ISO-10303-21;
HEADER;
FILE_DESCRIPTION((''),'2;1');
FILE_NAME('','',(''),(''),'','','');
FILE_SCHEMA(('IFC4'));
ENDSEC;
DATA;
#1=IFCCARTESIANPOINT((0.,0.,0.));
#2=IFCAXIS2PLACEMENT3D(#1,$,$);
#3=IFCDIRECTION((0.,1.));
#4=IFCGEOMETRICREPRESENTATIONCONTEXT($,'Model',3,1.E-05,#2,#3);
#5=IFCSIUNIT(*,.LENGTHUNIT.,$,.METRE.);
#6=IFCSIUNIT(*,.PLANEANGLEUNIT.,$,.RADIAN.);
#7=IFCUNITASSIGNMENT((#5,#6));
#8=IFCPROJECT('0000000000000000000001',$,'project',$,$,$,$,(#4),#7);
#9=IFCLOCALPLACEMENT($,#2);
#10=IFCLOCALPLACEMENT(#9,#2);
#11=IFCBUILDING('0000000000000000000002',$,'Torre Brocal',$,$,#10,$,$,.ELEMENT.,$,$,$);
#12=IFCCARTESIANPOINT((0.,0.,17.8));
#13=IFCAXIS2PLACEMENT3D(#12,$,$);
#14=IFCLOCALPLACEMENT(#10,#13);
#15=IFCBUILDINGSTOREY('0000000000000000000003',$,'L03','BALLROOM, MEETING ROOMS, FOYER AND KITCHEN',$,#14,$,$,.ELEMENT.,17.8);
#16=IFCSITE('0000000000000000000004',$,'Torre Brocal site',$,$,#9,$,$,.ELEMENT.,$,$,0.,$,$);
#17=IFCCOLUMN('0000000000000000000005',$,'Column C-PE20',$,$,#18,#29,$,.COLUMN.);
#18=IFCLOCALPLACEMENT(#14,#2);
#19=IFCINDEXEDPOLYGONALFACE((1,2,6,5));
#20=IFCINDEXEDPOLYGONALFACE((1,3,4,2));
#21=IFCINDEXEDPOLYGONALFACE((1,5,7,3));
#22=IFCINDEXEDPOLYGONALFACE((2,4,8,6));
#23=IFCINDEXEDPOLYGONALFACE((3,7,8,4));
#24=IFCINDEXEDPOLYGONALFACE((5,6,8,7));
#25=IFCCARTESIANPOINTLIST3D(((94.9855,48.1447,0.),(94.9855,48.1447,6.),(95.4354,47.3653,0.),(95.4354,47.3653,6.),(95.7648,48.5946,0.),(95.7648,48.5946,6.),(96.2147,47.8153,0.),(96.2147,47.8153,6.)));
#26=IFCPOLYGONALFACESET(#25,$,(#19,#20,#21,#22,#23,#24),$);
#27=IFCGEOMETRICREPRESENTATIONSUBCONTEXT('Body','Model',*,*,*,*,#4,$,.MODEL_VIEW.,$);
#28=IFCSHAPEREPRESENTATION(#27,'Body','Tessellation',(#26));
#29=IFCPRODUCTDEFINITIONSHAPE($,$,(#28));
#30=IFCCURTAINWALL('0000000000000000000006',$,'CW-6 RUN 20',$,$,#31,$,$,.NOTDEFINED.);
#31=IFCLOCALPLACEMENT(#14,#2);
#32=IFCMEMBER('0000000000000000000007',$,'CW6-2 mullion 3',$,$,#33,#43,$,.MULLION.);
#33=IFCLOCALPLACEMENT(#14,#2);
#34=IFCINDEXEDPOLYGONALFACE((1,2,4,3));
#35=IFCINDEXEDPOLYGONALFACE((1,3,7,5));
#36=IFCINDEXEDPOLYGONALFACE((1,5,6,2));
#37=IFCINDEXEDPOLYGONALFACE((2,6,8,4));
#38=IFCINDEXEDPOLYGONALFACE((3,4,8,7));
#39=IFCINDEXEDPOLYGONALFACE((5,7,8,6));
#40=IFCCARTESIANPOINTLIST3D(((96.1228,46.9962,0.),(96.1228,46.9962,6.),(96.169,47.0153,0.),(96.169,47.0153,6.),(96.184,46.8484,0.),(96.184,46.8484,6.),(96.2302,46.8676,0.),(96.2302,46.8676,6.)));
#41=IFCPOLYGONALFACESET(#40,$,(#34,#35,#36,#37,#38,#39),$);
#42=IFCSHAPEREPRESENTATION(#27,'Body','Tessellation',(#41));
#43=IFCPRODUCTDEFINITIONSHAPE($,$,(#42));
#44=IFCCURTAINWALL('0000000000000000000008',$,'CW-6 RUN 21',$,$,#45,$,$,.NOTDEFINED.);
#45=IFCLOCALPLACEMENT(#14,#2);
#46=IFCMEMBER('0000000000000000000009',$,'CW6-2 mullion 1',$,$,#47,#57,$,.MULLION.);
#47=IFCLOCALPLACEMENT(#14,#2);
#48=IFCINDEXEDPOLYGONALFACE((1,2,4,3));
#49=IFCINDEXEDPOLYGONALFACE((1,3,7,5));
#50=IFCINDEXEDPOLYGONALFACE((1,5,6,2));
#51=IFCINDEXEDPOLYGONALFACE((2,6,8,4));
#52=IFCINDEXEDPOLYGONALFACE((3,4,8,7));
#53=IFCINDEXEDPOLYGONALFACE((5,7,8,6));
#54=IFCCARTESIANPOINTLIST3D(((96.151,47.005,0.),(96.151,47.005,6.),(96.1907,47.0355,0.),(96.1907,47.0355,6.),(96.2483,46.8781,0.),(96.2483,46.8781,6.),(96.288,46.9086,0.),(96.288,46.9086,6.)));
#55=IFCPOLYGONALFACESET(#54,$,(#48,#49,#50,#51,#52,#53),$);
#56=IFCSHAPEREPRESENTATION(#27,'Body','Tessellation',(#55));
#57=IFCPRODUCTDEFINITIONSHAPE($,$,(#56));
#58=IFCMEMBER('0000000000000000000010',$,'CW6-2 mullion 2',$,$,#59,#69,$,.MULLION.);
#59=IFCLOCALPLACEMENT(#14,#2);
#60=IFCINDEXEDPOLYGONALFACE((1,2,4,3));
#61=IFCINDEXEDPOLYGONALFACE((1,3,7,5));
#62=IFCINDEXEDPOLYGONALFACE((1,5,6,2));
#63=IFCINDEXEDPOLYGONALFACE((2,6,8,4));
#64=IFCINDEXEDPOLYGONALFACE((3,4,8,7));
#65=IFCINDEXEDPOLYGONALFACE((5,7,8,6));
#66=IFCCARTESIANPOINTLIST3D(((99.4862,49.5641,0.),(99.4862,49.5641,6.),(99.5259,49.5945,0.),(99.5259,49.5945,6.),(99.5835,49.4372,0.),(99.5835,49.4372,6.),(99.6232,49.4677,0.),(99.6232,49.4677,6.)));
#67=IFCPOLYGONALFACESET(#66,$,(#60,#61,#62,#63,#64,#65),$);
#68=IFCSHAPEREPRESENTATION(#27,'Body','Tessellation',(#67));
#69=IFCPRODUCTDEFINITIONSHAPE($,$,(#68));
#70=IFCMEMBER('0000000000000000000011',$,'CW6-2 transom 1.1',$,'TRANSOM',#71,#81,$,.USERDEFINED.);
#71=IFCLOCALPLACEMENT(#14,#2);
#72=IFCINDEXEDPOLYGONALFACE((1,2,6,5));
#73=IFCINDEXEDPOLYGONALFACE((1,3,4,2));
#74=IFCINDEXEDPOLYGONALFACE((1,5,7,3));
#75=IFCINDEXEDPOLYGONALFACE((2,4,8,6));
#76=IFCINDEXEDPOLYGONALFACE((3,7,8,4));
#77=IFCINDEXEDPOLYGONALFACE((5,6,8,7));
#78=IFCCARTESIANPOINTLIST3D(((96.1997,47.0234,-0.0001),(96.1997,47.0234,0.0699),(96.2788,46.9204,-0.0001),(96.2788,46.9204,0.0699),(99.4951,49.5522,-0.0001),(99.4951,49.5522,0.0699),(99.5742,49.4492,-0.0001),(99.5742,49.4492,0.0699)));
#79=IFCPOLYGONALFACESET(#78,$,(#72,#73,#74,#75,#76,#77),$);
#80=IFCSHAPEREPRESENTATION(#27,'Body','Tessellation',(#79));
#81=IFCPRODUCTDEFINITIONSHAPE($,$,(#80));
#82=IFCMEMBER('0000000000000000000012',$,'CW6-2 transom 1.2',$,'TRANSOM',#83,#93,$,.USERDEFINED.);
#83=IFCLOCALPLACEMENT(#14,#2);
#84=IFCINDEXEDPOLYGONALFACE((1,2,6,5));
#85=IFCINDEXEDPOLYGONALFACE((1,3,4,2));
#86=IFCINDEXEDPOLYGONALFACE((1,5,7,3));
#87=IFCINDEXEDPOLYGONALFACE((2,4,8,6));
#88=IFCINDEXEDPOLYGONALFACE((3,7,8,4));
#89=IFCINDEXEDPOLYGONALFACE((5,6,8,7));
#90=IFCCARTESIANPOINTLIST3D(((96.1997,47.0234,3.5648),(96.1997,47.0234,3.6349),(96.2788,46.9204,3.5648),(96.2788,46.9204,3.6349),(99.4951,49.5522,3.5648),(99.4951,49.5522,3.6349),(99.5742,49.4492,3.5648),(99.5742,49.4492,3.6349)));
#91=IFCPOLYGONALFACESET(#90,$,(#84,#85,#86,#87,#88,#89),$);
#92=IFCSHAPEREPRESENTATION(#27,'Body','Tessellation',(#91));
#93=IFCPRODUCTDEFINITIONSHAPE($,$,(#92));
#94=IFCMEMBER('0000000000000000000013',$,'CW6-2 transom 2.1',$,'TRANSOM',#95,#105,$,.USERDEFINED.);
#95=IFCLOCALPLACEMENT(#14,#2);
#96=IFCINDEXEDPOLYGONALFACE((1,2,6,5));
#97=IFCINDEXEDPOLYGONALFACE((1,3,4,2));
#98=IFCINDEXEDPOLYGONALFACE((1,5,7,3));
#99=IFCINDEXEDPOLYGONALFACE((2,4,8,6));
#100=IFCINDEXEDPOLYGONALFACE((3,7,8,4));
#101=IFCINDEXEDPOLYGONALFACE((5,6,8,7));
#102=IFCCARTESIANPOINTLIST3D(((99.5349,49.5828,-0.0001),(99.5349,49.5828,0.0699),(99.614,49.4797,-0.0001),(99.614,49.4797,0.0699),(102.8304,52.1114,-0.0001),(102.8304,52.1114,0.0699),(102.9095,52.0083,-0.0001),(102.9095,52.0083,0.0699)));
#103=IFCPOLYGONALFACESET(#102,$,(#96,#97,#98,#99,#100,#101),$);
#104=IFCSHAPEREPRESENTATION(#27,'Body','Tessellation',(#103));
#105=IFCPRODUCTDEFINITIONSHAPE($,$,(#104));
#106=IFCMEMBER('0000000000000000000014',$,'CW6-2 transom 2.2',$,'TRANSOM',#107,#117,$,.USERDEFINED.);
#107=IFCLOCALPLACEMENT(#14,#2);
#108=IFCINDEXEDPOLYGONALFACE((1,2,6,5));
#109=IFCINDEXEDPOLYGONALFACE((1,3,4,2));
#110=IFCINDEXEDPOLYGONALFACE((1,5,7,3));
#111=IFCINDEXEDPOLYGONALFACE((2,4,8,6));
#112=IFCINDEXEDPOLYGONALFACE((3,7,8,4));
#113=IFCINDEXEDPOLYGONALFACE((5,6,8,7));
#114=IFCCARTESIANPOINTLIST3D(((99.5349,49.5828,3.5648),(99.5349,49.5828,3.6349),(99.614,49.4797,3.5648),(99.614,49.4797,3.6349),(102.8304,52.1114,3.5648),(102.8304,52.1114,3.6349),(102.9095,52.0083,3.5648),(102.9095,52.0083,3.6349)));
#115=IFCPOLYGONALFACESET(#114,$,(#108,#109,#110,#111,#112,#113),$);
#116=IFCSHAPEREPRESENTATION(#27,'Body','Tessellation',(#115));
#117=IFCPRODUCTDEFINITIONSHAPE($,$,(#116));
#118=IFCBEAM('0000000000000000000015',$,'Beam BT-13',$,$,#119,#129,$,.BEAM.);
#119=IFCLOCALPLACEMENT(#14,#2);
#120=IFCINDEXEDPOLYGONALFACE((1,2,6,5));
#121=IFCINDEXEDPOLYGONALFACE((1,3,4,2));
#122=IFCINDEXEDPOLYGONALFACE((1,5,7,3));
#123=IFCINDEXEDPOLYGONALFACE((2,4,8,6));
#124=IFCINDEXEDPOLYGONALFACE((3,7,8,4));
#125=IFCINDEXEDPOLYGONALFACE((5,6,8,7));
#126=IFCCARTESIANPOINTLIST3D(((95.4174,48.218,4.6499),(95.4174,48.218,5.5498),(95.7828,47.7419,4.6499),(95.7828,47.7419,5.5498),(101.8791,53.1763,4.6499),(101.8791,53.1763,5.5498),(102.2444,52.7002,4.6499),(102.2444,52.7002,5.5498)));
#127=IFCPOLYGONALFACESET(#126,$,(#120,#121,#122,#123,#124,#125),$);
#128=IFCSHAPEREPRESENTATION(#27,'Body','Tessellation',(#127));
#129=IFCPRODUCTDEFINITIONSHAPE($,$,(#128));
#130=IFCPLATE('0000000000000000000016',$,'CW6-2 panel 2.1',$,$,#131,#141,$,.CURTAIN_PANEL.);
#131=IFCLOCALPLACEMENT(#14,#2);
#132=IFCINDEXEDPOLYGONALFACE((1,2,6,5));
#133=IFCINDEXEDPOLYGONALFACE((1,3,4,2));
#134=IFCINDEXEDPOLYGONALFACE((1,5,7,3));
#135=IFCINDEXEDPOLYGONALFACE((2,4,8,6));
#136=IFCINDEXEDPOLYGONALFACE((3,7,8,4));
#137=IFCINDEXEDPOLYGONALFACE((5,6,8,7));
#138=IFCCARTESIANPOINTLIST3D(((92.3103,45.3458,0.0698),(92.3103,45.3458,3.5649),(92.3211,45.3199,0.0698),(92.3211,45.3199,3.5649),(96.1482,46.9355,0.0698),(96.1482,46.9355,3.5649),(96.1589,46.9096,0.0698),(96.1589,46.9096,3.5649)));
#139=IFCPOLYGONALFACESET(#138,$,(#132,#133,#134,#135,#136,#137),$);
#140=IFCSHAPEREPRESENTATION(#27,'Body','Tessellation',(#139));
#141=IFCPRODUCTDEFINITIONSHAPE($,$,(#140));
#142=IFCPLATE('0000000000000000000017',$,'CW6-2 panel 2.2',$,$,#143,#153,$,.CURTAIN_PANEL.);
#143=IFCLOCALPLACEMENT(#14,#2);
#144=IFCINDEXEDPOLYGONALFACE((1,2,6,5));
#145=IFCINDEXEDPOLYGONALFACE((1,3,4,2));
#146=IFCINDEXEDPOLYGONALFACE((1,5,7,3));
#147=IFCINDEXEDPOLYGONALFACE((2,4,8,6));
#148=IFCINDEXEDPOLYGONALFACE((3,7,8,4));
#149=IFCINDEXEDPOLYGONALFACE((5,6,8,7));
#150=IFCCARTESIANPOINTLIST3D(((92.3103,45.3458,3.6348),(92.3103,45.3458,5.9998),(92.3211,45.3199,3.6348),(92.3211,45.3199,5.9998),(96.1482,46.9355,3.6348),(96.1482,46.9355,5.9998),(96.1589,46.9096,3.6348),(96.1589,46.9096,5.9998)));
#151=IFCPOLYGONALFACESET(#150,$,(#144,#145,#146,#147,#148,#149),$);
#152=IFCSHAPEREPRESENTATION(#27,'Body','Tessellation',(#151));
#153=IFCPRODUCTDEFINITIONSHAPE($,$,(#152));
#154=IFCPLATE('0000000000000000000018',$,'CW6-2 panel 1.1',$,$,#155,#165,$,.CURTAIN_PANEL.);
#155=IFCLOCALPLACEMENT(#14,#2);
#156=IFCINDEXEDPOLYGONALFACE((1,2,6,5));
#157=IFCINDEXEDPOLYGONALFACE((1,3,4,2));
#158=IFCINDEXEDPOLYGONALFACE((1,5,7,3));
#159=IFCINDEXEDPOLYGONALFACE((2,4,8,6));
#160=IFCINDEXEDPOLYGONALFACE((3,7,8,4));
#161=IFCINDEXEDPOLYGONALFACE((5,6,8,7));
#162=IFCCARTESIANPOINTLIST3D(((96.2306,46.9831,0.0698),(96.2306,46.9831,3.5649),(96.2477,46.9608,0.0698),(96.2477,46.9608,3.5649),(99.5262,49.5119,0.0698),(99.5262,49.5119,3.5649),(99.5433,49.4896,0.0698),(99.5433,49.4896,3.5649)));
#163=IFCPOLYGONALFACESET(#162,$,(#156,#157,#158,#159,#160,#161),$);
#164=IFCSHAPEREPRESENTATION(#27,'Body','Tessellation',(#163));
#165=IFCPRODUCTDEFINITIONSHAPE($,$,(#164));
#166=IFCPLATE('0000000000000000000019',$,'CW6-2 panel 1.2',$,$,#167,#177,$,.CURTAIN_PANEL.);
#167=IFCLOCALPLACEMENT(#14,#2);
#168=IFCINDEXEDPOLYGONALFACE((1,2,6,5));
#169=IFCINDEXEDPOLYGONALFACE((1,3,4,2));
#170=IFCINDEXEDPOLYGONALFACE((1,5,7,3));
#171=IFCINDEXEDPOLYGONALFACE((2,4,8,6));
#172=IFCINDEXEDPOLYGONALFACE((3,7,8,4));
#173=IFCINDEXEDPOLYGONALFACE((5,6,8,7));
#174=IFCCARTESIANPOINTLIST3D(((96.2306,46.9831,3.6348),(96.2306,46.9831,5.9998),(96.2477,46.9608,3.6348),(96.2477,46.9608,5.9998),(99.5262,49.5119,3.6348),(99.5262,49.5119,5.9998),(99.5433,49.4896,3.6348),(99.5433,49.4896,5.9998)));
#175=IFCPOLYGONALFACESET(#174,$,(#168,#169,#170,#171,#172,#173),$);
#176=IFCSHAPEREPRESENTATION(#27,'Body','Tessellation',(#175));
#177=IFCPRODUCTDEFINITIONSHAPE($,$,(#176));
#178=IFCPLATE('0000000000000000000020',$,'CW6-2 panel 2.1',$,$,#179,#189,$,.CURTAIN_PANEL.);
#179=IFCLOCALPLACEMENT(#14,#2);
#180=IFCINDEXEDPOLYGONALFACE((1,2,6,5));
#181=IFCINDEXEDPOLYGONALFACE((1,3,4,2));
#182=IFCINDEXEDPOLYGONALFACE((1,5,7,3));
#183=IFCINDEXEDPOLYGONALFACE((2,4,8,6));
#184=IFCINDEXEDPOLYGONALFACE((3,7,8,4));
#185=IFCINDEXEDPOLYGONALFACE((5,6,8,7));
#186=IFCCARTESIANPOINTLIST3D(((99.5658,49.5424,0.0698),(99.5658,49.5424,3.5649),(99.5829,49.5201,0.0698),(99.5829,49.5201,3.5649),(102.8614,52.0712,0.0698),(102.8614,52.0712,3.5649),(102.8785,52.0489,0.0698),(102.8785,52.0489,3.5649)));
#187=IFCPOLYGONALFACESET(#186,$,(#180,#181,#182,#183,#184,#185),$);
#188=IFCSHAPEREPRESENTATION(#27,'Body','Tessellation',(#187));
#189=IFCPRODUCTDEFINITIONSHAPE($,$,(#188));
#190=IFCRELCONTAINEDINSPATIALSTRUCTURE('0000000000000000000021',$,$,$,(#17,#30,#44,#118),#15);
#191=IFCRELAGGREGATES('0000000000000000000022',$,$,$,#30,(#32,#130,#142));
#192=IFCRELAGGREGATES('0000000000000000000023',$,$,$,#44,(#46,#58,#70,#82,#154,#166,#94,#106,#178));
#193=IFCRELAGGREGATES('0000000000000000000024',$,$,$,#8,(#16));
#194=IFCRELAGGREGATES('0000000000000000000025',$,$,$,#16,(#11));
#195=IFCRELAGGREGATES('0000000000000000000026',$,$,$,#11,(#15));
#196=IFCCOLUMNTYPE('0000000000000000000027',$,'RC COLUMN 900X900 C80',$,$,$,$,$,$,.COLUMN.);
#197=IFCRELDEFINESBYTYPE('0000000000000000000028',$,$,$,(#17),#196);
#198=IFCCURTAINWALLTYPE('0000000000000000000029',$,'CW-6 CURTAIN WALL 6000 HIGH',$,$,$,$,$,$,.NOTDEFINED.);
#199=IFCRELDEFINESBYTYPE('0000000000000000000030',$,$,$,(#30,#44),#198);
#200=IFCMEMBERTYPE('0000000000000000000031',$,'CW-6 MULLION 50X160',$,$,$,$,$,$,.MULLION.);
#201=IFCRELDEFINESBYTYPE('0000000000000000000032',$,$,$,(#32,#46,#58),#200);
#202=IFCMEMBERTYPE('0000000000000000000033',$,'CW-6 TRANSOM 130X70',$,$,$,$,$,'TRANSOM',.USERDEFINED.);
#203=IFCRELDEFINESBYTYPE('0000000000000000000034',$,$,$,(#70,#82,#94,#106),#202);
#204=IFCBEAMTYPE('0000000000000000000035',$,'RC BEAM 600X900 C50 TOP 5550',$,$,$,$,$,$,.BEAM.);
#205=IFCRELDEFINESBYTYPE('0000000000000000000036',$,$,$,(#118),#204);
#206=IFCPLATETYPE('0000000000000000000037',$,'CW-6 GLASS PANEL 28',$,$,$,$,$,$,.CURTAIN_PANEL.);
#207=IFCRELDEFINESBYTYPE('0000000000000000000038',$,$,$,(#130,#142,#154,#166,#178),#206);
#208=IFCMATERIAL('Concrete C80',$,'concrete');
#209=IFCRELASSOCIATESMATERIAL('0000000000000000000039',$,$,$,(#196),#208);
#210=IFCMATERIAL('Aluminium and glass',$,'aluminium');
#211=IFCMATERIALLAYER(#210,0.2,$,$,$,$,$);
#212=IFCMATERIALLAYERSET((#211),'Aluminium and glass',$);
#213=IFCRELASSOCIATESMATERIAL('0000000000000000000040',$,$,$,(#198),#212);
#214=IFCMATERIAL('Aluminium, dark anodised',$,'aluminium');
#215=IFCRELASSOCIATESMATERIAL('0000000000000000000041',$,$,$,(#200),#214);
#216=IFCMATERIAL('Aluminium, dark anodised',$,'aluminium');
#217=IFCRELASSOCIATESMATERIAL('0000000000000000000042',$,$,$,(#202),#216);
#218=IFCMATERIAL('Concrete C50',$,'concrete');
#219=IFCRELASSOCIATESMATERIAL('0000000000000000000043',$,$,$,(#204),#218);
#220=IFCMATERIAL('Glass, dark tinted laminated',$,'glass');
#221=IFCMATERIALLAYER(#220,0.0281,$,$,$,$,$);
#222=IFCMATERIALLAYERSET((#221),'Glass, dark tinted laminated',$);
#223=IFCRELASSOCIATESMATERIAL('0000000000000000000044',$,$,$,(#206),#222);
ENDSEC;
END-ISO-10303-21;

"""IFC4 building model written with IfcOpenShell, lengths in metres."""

from ifc_helpers import new_model, si_unit, direction, frame, origin, origin_2d, place, context, subcontext, project, spatial, rectangle, extrude, material, layer, layer_set, material_profile, profile_set, type_object, element, aggregate, save


model = new_model("IFC4")

# Units and contexts
model_context = context("Model", 3, precision=1e-05, world=origin(), true_north=direction((0.0, 1.0)))
body_context = subcontext(model_context, "Body", "Model", "MODEL_VIEW")
ifc_project = project(units=[si_unit("LENGTHUNIT", "METRE"), si_unit("PLANEANGLEUNIT", "RADIAN")], contexts=[model_context])

# Site, building, storey
site_placement = place(None, origin())
site = spatial("IfcSite", under=ifc_project, at=site_placement, Name="Torre Brocal site", CompositionType="ELEMENT", RefElevation=0.0)
building_placement = place(site_placement, origin())
building = spatial("IfcBuilding", under=site, at=building_placement, Name="Torre Brocal", CompositionType="ELEMENT")
storey_placement = place(building_placement, frame((0.0, 0.0, 17.8)))
storey = spatial("IfcBuildingStorey", under=building, at=storey_placement, Name="L03", Description="BALLROOM, MEETING ROOMS, FOYER AND KITCHEN", CompositionType="ELEMENT", Elevation=17.8)

# Column
ifc_material_1 = material(Name="Concrete C80", Category="concrete")
ifc_material_profile_1 = material_profile(ifc_material_1, rectangle(XDim=0.8999, YDim=0.8999, at=origin_2d()), Name="RC 900X900")
ifc_profile_set_1 = profile_set([ifc_material_profile_1], Name="Concrete C80")
column_type = type_object("IfcColumnType", Name="RC COLUMN 900X900 C80", PredefinedType="COLUMN", material=ifc_profile_set_1)
column_placement = place(storey_placement, frame((95.6001, 47.98, 0.0), z_axis=(0.0, 0.0, 1.0), x_axis=(0.5, -0.866025, 0.0)))
element("IfcColumn", 1, at=column_placement, inside=storey, type_object=column_type, Name="Column C-PE20", PredefinedType="COLUMN", context=body_context, shape_type="SweptSolid", body=[
    extrude(rectangle(XDim=0.8999, YDim=0.8999, at=origin_2d()), origin(), (0.0, 0.0, 1.0), 6.0),
])

# Curtain wall, member
ifc_material_2 = material(Name="Aluminium and glass", Category="aluminium")
ifc_layer_1 = layer(ifc_material_2, 0.2)
ifc_layer_set_1 = layer_set([ifc_layer_1], Name="Aluminium and glass")
curtain_wall_type = type_object("IfcCurtainWallType", Name="CW-6 CURTAIN WALL 6000 HIGH", PredefinedType="NOTDEFINED", material=ifc_layer_set_1)
curtain_wall_1_placement = place(storey_placement, origin())
curtain_wall_1 = element("IfcCurtainWall", 2, at=curtain_wall_1_placement, inside=storey, type_object=curtain_wall_type, Name="CW-6 RUN 20", PredefinedType="NOTDEFINED")
ifc_material_3 = material(Name="Aluminium, dark anodised", Category="aluminium")
ifc_material_profile_2 = material_profile(ifc_material_3, rectangle(XDim=0.1599, YDim=0.05, at=origin_2d()), Name="CW-6 MULLION 50X160")
ifc_profile_set_2 = profile_set([ifc_material_profile_2], Name="Aluminium, dark anodised")
member_type_1 = type_object("IfcMemberType", Name="CW-6 MULLION 50X160", PredefinedType="MULLION", material=ifc_profile_set_2)
member_1_placement = place(storey_placement, frame((96.1765, 46.9319, 0.0), z_axis=(0.0, 0.0, 1.0), x_axis=(-0.382683, 0.92388, 0.0)))
member_1 = element("IfcMember", 3, at=member_1_placement, type_object=member_type_1, Name="CW6-2 mullion 3", PredefinedType="MULLION", context=body_context, shape_type="SweptSolid", body=[
    extrude(rectangle(XDim=0.1599, YDim=0.05, at=origin_2d()), origin(), (0.0, 0.0, 1.0), 6.0),
])

# Curtain wall, members
curtain_wall_2_placement = place(storey_placement, origin())
curtain_wall_2 = element("IfcCurtainWall", 4, at=curtain_wall_2_placement, inside=storey, type_object=curtain_wall_type, Name="CW-6 RUN 21", PredefinedType="NOTDEFINED")
member_2_placement = place(storey_placement, frame((96.2195, 46.9568, 0.0), z_axis=(0.0, 0.0, 1.0), x_axis=(-0.608761, 0.793353, 0.0)))
member_2 = element("IfcMember", 5, at=member_2_placement, type_object=member_type_1, Name="CW6-2 mullion 1", PredefinedType="MULLION", context=body_context, shape_type="SweptSolid", body=[
    extrude(rectangle(XDim=0.1599, YDim=0.05, at=origin_2d()), origin(), (0.0, 0.0, 1.0), 6.0),
])
member_3_placement = place(storey_placement, frame((99.5547, 49.5159, 0.0), z_axis=(0.0, 0.0, 1.0), x_axis=(-0.608761, 0.793353, 0.0)))
member_3 = element("IfcMember", 6, at=member_3_placement, type_object=member_type_1, Name="CW6-2 mullion 2", PredefinedType="MULLION", context=body_context, shape_type="SweptSolid", body=[
    extrude(rectangle(XDim=0.1599, YDim=0.05, at=origin_2d()), origin(), (0.0, 0.0, 1.0), 6.0),
])
ifc_material_4 = material(Name="Aluminium, dark anodised", Category="aluminium")
ifc_material_profile_3 = material_profile(ifc_material_4, rectangle(XDim=0.1299, YDim=0.0701, at=origin_2d()), Name="CW-6 TRANSOM 130X70")
ifc_profile_set_3 = profile_set([ifc_material_profile_3], Name="Aluminium, dark anodised")
member_type_2 = type_object("IfcMemberType", Name="CW-6 TRANSOM 130X70", ElementType="TRANSOM", PredefinedType="USERDEFINED", material=ifc_profile_set_3)
member_4_placement = place(storey_placement, frame((96.2393, 46.9719, 0.0349), z_axis=(0.793336, 0.608784, 0.0), x_axis=(-0.608784, 0.793336, 0.0)))
member_4 = element("IfcMember", 7, at=member_4_placement, type_object=member_type_2, Name="CW6-2 transom 1.1", ObjectType="TRANSOM", PredefinedType="USERDEFINED", context=body_context, shape_type="SweptSolid", body=[
    extrude(rectangle(XDim=0.1299, YDim=0.0701, at=origin_2d()), origin(), (0.0, 0.0, 1.0), 4.1538),
])
member_5_placement = place(storey_placement, frame((96.2393, 46.9719, 3.5999), z_axis=(0.793336, 0.608784, 0.0), x_axis=(-0.608784, 0.793336, 0.0)))
member_5 = element("IfcMember", 8, at=member_5_placement, type_object=member_type_2, Name="CW6-2 transom 1.2", ObjectType="TRANSOM", PredefinedType="USERDEFINED", context=body_context, shape_type="SweptSolid", body=[
    extrude(rectangle(XDim=0.1299, YDim=0.0701, at=origin_2d()), origin(), (0.0, 0.0, 1.0), 4.1538),
])
member_6_placement = place(storey_placement, frame((99.5745, 49.5312, 0.0349), z_axis=(0.793364, 0.608747, 0.0), x_axis=(-0.608747, 0.793364, 0.0)))
member_6 = element("IfcMember", 9, at=member_6_placement, type_object=member_type_2, Name="CW6-2 transom 2.1", ObjectType="TRANSOM", PredefinedType="USERDEFINED", context=body_context, shape_type="SweptSolid", body=[
    extrude(rectangle(XDim=0.1299, YDim=0.0701, at=origin_2d()), origin(), (0.0, 0.0, 1.0), 4.1538),
])
member_7_placement = place(storey_placement, frame((99.5745, 49.5312, 3.5999), z_axis=(0.793364, 0.608747, 0.0), x_axis=(-0.608747, 0.793364, 0.0)))
member_7 = element("IfcMember", 10, at=member_7_placement, type_object=member_type_2, Name="CW6-2 transom 2.2", ObjectType="TRANSOM", PredefinedType="USERDEFINED", context=body_context, shape_type="SweptSolid", body=[
    extrude(rectangle(XDim=0.1299, YDim=0.0701, at=origin_2d()), origin(), (0.0, 0.0, 1.0), 4.1538),
])

# Beam
ifc_material_5 = material(Name="Concrete C50", Category="concrete")
ifc_material_profile_4 = material_profile(ifc_material_5, rectangle(XDim=0.6001, YDim=0.8999, at=origin_2d()), Name="RC 600X900")
ifc_profile_set_4 = profile_set([ifc_material_profile_4], Name="Concrete C50")
beam_type = type_object("IfcBeamType", Name="RC BEAM 600X900 C50 TOP 5550", PredefinedType="BEAM", material=ifc_profile_set_4)
beam_placement = place(storey_placement, frame((95.6001, 47.98, 5.0999), z_axis=(0.793351, 0.608764, 0.0), x_axis=(-0.608764, 0.793351, 0.0)))
element("IfcBeam", 11, at=beam_placement, inside=storey, type_object=beam_type, Name="Beam BT-13", PredefinedType="BEAM", context=body_context, shape_type="SweptSolid", body=[
    extrude(rectangle(XDim=0.6001, YDim=0.8999, at=origin_2d()), origin(), (0.0, 0.0, 1.0), 8.1448),
])

# Plates
ifc_material_6 = material(Name="Glass, dark tinted laminated", Category="glass")
ifc_layer_2 = layer(ifc_material_6, 0.0281)
ifc_layer_set_2 = layer_set([ifc_layer_2], Name="Glass, dark tinted laminated")
plate_type = type_object("IfcPlateType", Name="CW-6 GLASS PANEL 28", PredefinedType="CURTAIN_PANEL", material=ifc_layer_set_2)
plate_1_placement = place(storey_placement, frame((94.2346, 46.1277, 0.0698), z_axis=(0.0, 0.0, 1.0), x_axis=(0.92388, 0.382683, 0.0)))
plate_1 = element("IfcPlate", 12, at=plate_1_placement, type_object=plate_type, Name="CW6-2 panel 2.1", PredefinedType="CURTAIN_PANEL", context=body_context, shape_type="SweptSolid", body=[
    extrude(rectangle(XDim=4.1541, YDim=0.0281, at=origin_2d()), origin(), (0.0, 0.0, 1.0), 3.4951),
])
plate_2_placement = place(storey_placement, frame((94.2346, 46.1277, 3.6348), z_axis=(0.0, 0.0, 1.0), x_axis=(0.92388, 0.382683, 0.0)))
plate_2 = element("IfcPlate", 13, at=plate_2_placement, type_object=plate_type, Name="CW6-2 panel 2.2", PredefinedType="CURTAIN_PANEL", context=body_context, shape_type="SweptSolid", body=[
    extrude(rectangle(XDim=4.1541, YDim=0.0281, at=origin_2d()), origin(), (0.0, 0.0, 1.0), 2.365),
])
aggregate(curtain_wall_1, [member_1, plate_1, plate_2])
plate_3_placement = place(storey_placement, frame((97.887, 48.2363, 0.0698), z_axis=(0.0, 0.0, 1.0), x_axis=(0.793353, 0.608761, 0.0)))
plate_3 = element("IfcPlate", 14, at=plate_3_placement, type_object=plate_type, Name="CW6-2 panel 1.1", PredefinedType="CURTAIN_PANEL", context=body_context, shape_type="SweptSolid", body=[
    extrude(rectangle(XDim=4.1541, YDim=0.0281, at=origin_2d()), origin(), (0.0, 0.0, 1.0), 3.4951),
])
plate_4_placement = place(storey_placement, frame((97.887, 48.2363, 3.6348), z_axis=(0.0, 0.0, 1.0), x_axis=(0.793353, 0.608761, 0.0)))
plate_4 = element("IfcPlate", 15, at=plate_4_placement, type_object=plate_type, Name="CW6-2 panel 1.2", PredefinedType="CURTAIN_PANEL", context=body_context, shape_type="SweptSolid", body=[
    extrude(rectangle(XDim=4.1541, YDim=0.0281, at=origin_2d()), origin(), (0.0, 0.0, 1.0), 2.365),
])
plate_5_placement = place(storey_placement, frame((101.2222, 50.7957, 0.0698), z_axis=(0.0, 0.0, 1.0), x_axis=(0.793353, 0.608761, 0.0)))
plate_5 = element("IfcPlate", 16, at=plate_5_placement, type_object=plate_type, Name="CW6-2 panel 2.1", PredefinedType="CURTAIN_PANEL", context=body_context, shape_type="SweptSolid", body=[
    extrude(rectangle(XDim=4.1541, YDim=0.0281, at=origin_2d()), origin(), (0.0, 0.0, 1.0), 3.4951),
])
aggregate(curtain_wall_2, [member_2, member_3, member_4, member_5, plate_3, plate_4, member_6, member_7, plate_5])

save(model, "model.ifc")
